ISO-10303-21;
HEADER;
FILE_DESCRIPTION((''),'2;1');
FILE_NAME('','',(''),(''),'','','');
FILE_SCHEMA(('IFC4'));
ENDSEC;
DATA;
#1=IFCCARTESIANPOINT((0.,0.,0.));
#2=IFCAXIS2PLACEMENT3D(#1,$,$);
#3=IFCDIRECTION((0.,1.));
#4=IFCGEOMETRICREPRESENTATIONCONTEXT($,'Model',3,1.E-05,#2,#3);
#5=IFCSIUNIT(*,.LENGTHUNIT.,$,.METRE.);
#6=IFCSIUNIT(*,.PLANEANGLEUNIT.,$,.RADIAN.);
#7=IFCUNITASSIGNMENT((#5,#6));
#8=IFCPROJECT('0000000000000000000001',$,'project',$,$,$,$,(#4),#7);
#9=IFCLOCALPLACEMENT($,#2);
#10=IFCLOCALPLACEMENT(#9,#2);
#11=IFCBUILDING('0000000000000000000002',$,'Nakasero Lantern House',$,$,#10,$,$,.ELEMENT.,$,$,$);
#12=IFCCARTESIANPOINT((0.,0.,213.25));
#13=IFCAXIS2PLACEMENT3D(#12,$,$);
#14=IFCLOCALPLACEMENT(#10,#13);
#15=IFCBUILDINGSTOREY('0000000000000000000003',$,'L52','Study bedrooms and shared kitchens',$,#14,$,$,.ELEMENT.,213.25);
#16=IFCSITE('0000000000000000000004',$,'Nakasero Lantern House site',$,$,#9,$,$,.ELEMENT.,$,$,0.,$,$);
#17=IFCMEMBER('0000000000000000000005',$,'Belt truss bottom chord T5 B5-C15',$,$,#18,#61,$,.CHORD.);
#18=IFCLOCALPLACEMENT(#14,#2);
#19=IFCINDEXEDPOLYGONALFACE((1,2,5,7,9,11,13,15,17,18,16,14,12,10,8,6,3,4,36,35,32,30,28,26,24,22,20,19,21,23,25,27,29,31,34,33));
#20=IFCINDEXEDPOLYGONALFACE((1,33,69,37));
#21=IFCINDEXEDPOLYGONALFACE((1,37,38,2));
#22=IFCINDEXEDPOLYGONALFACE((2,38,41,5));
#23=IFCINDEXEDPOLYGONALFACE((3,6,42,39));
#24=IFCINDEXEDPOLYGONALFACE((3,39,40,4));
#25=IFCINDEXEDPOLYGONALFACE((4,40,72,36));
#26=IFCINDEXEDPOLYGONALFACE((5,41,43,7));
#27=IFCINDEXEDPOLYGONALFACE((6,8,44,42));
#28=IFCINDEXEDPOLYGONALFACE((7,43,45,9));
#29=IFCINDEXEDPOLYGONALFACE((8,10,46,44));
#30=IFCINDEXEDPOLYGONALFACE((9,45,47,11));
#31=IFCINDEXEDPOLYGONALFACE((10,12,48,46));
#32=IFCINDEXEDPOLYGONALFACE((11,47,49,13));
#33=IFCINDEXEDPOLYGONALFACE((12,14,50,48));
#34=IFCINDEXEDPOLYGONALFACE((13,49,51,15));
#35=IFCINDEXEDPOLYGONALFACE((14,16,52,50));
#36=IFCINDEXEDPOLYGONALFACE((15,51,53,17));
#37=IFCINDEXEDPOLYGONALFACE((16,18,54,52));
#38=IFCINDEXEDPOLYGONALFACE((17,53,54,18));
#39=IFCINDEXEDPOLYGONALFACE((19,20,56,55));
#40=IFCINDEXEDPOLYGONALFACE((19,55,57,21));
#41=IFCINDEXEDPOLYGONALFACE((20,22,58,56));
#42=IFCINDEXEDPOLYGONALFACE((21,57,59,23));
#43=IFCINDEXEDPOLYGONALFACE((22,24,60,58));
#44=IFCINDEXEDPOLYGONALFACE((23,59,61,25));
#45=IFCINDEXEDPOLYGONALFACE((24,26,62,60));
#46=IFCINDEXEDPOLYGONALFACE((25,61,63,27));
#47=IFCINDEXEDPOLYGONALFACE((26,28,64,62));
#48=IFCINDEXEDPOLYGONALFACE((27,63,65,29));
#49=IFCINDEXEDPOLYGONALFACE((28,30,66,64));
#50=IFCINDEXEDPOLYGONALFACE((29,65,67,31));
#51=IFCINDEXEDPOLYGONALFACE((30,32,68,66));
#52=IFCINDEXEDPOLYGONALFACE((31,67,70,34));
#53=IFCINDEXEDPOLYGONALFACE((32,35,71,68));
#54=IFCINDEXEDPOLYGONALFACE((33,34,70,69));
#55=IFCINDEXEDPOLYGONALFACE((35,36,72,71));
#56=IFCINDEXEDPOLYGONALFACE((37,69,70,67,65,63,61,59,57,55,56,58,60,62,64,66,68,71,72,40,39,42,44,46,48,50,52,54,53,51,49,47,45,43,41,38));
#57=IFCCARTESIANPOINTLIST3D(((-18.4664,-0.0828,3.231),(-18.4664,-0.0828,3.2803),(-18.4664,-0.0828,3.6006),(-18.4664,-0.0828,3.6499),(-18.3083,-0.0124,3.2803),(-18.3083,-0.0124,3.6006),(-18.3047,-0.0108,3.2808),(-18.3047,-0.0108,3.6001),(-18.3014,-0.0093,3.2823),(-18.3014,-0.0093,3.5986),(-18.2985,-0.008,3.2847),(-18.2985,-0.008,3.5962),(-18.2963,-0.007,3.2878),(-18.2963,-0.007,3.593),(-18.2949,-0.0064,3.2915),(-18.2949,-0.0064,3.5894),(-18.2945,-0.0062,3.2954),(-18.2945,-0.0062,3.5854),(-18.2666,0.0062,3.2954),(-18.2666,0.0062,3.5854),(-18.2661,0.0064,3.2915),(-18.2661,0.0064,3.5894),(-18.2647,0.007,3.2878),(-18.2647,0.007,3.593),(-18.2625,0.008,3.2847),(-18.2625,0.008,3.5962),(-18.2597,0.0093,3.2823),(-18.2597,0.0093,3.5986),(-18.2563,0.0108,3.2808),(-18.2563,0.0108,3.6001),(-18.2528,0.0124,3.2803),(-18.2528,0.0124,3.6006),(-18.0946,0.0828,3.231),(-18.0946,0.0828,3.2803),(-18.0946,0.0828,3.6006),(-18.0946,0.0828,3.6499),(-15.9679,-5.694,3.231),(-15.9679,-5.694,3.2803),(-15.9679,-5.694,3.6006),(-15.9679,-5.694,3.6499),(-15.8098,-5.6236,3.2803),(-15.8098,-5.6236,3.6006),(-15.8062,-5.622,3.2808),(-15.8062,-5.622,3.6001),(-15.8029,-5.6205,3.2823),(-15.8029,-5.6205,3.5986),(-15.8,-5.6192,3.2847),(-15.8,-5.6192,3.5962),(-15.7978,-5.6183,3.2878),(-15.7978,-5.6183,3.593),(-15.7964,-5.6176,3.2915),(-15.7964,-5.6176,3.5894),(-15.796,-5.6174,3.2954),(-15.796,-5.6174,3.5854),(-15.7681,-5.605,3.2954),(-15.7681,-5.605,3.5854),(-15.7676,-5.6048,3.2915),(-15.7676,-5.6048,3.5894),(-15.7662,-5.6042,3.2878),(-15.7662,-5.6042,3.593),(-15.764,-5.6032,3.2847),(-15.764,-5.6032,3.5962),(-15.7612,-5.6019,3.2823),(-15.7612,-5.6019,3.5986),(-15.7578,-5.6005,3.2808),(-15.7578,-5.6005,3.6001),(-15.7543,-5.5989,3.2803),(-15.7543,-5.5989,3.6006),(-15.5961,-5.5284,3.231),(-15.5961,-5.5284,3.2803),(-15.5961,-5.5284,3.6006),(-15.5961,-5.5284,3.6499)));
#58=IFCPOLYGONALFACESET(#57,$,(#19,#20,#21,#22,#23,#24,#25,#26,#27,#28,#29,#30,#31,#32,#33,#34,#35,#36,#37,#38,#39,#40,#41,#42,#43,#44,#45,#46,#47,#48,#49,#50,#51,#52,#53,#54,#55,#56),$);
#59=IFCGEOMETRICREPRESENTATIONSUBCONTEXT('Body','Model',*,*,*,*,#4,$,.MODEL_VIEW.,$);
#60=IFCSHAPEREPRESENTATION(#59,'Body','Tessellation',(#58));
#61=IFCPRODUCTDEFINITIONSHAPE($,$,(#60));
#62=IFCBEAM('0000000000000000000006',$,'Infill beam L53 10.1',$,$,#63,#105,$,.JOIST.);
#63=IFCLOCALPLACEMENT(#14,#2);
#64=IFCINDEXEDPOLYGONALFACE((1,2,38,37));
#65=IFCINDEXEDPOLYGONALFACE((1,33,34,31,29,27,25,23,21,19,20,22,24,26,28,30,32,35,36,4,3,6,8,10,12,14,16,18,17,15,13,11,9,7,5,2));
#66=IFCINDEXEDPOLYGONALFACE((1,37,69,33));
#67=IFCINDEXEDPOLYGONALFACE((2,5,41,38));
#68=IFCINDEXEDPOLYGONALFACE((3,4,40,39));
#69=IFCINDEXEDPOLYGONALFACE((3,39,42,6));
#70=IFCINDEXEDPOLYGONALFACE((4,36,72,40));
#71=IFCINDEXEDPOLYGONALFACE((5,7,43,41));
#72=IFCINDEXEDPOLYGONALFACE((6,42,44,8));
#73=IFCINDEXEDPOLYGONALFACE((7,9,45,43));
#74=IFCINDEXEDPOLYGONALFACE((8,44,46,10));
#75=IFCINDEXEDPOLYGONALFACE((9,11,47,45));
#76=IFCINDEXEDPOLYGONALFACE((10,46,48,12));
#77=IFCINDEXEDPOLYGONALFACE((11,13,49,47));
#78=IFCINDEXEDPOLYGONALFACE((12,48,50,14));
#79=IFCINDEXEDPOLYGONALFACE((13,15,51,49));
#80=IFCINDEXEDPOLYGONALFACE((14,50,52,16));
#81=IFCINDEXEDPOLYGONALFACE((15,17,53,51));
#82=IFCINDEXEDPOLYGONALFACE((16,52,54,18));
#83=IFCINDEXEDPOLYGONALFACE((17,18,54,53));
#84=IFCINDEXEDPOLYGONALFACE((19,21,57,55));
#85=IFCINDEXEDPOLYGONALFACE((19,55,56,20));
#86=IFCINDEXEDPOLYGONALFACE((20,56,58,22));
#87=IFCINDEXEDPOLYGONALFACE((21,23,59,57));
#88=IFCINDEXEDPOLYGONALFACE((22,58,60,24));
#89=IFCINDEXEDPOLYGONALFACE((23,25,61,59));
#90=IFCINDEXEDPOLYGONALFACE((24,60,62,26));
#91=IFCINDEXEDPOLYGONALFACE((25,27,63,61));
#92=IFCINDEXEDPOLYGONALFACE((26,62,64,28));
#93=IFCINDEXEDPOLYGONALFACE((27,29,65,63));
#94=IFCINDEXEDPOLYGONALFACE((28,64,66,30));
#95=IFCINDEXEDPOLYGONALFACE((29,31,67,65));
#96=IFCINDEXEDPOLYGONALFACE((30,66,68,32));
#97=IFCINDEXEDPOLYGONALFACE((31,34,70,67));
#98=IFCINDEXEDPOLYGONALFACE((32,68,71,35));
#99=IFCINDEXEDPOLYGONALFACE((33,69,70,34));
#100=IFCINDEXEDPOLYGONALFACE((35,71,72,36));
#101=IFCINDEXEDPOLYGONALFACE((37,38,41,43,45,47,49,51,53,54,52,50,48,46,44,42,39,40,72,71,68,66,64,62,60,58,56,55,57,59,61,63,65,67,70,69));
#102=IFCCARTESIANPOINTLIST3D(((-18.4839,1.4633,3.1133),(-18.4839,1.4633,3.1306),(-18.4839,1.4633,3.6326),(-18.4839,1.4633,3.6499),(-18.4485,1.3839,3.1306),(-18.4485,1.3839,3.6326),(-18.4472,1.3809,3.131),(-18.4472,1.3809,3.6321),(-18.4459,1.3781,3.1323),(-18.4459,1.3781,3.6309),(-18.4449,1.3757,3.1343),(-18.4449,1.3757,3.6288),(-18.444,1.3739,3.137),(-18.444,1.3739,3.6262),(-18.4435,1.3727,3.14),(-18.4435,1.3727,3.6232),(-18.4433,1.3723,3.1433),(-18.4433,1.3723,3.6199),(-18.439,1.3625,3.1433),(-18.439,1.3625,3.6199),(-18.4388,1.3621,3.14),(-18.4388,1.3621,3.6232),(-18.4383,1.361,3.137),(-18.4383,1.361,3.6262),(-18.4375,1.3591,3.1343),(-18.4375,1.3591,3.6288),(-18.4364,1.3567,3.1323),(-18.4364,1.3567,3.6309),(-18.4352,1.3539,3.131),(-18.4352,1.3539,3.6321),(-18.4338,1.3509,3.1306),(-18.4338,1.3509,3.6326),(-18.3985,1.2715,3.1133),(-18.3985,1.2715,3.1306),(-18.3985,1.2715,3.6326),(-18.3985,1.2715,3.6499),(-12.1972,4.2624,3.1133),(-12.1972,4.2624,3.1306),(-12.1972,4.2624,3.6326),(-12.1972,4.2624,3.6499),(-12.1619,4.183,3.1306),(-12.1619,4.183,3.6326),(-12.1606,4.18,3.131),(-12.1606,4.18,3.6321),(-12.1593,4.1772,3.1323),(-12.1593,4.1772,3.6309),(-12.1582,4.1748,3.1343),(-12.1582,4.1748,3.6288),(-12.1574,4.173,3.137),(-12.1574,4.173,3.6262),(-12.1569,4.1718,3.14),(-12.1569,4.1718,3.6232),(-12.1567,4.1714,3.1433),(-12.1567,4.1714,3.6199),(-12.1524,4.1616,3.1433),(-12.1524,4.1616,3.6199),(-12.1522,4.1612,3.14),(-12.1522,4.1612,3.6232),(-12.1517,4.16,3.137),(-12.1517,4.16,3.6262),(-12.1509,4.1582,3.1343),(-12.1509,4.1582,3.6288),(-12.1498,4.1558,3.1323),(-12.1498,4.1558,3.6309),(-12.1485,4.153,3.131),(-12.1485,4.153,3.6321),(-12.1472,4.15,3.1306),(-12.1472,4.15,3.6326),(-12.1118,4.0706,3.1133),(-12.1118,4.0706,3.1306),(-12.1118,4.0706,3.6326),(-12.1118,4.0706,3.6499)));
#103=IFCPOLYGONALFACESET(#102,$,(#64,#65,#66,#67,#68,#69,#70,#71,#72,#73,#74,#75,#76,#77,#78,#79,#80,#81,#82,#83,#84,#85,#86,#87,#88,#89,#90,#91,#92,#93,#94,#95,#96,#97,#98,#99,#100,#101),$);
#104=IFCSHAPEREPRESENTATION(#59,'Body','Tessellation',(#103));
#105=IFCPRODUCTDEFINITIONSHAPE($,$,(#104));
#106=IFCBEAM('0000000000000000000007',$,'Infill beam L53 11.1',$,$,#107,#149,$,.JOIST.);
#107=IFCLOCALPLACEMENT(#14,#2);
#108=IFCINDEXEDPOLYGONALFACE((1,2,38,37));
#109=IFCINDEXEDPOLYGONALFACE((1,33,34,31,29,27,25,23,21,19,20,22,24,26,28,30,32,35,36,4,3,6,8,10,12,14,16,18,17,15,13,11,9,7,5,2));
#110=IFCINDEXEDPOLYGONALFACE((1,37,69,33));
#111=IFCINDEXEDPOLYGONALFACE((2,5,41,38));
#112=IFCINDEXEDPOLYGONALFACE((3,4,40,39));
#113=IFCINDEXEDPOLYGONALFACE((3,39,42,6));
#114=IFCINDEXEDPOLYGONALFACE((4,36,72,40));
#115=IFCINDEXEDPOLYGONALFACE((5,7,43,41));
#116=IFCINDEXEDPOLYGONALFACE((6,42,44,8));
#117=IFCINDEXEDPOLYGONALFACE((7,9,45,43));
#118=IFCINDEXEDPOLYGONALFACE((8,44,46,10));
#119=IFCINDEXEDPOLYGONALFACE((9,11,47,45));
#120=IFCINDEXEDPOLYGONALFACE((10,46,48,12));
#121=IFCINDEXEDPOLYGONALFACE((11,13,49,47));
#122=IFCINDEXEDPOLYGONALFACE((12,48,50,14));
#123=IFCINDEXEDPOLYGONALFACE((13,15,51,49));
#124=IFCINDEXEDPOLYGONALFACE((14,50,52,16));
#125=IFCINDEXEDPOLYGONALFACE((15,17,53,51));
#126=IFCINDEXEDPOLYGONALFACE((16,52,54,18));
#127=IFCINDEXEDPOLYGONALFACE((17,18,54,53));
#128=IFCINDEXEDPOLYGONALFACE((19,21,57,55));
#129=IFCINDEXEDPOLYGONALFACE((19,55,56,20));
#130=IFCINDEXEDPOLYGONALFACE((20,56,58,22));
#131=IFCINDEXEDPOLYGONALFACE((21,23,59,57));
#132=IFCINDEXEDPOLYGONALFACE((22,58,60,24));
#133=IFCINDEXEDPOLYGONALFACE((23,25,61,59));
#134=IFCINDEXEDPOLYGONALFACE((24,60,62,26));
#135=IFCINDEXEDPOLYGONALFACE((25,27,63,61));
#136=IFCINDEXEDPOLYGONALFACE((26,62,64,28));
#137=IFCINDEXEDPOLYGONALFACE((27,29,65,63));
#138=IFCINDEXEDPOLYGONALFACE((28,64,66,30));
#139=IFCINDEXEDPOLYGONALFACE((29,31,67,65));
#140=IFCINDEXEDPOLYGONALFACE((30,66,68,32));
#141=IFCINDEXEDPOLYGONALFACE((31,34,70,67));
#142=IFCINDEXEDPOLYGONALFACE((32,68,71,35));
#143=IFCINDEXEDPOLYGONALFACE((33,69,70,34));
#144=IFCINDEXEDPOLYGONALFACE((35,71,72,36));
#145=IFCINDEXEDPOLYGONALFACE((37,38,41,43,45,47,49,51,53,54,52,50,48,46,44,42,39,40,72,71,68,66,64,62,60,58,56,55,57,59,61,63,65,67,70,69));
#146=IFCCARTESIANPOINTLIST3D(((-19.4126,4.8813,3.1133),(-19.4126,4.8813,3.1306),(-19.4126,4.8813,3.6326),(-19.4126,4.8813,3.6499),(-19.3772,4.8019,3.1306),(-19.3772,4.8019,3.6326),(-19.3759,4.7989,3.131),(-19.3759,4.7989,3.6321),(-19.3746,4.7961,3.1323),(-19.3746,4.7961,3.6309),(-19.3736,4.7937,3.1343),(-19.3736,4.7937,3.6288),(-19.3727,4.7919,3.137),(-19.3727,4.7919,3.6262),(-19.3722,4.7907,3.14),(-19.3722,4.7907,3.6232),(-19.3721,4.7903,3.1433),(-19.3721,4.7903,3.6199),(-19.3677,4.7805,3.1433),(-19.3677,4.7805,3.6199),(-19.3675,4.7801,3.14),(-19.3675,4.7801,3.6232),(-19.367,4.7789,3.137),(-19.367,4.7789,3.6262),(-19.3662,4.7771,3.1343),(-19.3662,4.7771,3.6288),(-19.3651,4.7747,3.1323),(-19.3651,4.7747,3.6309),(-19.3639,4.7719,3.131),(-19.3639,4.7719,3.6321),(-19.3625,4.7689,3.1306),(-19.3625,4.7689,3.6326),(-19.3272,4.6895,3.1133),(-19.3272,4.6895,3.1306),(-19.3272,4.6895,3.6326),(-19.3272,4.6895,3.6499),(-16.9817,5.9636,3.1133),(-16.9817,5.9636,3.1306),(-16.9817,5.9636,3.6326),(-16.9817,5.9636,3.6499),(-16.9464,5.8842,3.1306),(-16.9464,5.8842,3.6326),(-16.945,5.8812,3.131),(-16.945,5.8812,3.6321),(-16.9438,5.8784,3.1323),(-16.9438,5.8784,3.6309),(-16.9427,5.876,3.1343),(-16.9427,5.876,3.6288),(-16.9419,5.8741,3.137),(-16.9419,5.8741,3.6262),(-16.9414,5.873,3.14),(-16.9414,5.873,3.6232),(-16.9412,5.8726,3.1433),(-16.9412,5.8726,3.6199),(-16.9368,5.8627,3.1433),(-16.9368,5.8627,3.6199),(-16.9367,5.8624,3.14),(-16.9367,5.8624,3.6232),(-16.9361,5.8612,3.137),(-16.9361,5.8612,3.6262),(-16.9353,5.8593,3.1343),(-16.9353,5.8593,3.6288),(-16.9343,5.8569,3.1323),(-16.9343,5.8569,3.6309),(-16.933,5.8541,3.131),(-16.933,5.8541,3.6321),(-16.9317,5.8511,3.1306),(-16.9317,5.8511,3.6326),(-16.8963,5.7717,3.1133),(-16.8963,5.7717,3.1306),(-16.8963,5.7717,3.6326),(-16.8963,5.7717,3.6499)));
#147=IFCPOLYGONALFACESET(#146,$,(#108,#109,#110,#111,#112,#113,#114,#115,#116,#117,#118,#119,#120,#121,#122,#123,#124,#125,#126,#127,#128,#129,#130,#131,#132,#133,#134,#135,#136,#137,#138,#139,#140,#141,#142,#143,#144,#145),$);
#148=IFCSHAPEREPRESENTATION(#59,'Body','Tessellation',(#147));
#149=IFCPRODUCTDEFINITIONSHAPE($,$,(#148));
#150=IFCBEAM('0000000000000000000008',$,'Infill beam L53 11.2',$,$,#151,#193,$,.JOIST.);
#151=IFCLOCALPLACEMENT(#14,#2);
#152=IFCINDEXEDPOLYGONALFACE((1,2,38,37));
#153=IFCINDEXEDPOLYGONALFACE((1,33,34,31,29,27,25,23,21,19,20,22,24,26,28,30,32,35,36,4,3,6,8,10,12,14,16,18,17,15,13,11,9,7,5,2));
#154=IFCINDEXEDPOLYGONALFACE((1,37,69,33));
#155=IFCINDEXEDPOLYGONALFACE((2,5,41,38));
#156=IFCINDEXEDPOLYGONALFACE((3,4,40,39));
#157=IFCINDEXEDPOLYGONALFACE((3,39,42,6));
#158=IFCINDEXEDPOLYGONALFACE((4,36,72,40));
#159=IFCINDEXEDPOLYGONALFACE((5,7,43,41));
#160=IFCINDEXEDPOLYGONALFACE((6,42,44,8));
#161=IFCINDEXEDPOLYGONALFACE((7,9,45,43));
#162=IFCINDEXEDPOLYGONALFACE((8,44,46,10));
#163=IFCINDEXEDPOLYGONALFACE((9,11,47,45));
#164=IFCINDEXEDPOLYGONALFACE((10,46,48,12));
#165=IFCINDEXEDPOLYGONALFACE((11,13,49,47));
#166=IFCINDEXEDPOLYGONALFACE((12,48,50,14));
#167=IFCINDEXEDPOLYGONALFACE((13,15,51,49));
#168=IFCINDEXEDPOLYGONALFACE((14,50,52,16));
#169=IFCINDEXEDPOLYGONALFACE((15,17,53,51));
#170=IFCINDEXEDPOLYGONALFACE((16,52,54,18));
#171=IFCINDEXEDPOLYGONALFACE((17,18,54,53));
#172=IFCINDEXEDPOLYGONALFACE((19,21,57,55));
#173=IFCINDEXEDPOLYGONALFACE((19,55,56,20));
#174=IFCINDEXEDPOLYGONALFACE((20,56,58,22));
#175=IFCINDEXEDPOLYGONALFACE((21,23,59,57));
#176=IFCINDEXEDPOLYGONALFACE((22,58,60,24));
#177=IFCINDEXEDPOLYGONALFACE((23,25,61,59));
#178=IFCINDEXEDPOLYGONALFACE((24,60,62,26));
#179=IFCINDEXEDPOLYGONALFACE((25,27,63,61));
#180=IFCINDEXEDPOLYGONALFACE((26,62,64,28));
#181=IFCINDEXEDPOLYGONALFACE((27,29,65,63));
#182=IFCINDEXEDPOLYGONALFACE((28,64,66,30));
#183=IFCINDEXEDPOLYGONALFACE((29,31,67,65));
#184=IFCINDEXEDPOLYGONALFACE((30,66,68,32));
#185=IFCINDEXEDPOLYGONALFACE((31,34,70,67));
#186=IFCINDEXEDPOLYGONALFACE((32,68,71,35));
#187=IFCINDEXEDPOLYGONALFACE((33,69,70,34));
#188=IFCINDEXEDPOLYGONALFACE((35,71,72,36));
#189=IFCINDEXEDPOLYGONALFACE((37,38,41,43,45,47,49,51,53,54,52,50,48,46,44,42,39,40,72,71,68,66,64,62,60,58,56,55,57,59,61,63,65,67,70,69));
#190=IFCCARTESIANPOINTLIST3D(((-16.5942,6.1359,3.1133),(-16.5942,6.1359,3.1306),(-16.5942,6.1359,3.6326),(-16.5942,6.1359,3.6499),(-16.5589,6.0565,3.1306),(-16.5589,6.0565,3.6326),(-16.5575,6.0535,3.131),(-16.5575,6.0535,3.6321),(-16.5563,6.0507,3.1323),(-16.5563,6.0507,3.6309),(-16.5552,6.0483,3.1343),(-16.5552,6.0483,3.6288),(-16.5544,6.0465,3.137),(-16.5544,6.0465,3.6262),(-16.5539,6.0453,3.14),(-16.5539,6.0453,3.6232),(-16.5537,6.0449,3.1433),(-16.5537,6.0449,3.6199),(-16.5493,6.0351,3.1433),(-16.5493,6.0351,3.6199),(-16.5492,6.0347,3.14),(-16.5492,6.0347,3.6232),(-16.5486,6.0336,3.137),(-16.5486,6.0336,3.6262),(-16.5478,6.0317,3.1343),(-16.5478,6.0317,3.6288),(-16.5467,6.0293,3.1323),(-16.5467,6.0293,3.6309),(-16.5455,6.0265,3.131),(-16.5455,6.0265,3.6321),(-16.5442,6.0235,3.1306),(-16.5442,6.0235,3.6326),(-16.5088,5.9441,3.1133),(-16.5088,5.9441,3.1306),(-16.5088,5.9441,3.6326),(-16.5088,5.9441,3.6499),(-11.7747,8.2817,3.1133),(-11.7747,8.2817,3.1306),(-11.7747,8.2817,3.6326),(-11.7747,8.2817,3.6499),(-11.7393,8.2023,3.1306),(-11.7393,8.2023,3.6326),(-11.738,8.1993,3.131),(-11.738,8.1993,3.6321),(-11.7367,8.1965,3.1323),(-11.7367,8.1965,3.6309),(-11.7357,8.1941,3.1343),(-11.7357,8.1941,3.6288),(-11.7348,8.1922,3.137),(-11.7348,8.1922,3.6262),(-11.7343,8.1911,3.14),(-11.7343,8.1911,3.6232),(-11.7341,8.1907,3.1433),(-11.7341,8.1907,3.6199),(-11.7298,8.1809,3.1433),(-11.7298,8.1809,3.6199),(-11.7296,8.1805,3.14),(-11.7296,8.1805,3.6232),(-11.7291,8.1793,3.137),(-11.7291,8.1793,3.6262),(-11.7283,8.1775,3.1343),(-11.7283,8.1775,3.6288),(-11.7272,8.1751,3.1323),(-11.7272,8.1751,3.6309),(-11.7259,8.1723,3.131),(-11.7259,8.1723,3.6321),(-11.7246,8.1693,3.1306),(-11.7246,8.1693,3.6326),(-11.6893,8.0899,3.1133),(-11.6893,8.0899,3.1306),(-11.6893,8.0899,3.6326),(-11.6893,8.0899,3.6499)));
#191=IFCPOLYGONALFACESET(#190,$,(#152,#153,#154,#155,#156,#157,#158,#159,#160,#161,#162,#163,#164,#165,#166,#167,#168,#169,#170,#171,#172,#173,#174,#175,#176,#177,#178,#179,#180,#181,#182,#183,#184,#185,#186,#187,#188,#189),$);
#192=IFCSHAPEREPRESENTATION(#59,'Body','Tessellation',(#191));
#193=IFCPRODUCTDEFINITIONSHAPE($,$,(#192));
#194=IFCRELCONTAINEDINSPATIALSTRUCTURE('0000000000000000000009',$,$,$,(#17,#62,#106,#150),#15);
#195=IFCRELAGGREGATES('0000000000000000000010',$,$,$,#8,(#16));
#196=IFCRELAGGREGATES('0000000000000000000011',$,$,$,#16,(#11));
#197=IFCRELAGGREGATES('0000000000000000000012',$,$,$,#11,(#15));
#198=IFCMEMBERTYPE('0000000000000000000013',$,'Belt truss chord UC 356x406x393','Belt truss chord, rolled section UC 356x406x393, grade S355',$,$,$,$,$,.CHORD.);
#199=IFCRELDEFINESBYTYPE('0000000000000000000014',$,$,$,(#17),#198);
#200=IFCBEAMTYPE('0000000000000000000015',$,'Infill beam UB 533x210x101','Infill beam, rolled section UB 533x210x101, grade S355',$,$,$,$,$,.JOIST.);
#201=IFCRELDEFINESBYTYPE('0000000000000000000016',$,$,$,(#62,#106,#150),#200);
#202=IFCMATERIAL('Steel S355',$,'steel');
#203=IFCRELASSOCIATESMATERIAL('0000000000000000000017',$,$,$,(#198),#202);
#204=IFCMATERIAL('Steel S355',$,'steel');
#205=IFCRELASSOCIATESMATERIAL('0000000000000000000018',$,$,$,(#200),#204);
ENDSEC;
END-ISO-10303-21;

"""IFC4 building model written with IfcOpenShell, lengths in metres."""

from ifc_helpers import new_model, si_unit, direction, frame, origin, origin_2d, place, context, subcontext, project, spatial, i_section, extrude, material, material_profile, profile_set, type_object, element, save


model = new_model("IFC4")

# Units and contexts
model_context = context("Model", 3, precision=1e-05, world=origin(), true_north=direction((0.0, 1.0)))
body_context = subcontext(model_context, "Body", "Model", "MODEL_VIEW")
ifc_project = project(units=[si_unit("LENGTHUNIT", "METRE"), si_unit("PLANEANGLEUNIT", "RADIAN")], contexts=[model_context])

# Site, building, storey
site_placement = place(None, origin())
site = spatial("IfcSite", under=ifc_project, at=site_placement, Name="Nakasero Lantern House site", CompositionType="ELEMENT", RefElevation=0.0)
building_placement = place(site_placement, origin())
building = spatial("IfcBuilding", under=site, at=building_placement, Name="Nakasero Lantern House", CompositionType="ELEMENT")
storey_placement = place(building_placement, frame((0.0, 0.0, 213.25)))
storey = spatial("IfcBuildingStorey", under=building, at=storey_placement, Name="L52", Description="Study bedrooms and shared kitchens", CompositionType="ELEMENT", Elevation=213.25)

# Member
ifc_material_1 = material(Name="Steel S355", Category="steel")
ifc_material_profile_1 = material_profile(ifc_material_1, i_section(OverallWidth=0.407, OverallDepth=0.4189, WebThickness=0.0305, FlangeThickness=0.0493, FilletRadius=0.0151, at=origin_2d()), Name="UC 356x406x393")
ifc_profile_set_1 = profile_set([ifc_material_profile_1], Name="Steel S355")
member_type = type_object("IfcMemberType", Name="Belt truss chord UC 356x406x393", Description="Belt truss chord, rolled section UC 356x406x393, grade S355", PredefinedType="CHORD", material=ifc_profile_set_1)
member_placement = place(storey_placement, frame((-18.2805, 0.0, 3.4404), z_axis=(0.406765, -0.913533, 0.0), x_axis=(0.913533, 0.406765, 0.0)))
element("IfcMember", 1, at=member_placement, inside=storey, type_object=member_type, Name="Belt truss bottom chord T5 B5-C15", PredefinedType="CHORD", context=body_context, shape_type="SweptSolid", body=[
    extrude(i_section(OverallWidth=0.407, OverallDepth=0.4189, WebThickness=0.0305, FlangeThickness=0.0493, FilletRadius=0.0151, at=origin_2d()), origin(), (0.0, 0.0, 1.0), 6.1423),
])

# Beams
ifc_material_2 = material(Name="Steel S355", Category="steel")
ifc_material_profile_2 = material_profile(ifc_material_2, i_section(OverallWidth=0.21, OverallDepth=0.5366, WebThickness=0.0107, FlangeThickness=0.0173, FilletRadius=0.0127, at=origin_2d()), Name="UB 533x210x101")
ifc_profile_set_2 = profile_set([ifc_material_profile_2], Name="Steel S355")
beam_type_1 = type_object("IfcBeamType", Name="Infill beam UB 533x210x101", Description="Infill beam, rolled section UB 533x210x101, grade S355", PredefinedType="JOIST", material=ifc_profile_set_2)
beam_1_placement = place(storey_placement, frame((-18.4412, 1.3674, 3.3816), z_axis=(0.913541, 0.406747, 0.0), x_axis=(-0.406747, 0.913541, 0.0)))
element("IfcBeam", 2, at=beam_1_placement, inside=storey, type_object=beam_type_1, Name="Infill beam L53 10.1", PredefinedType="JOIST", context=body_context, shape_type="SweptSolid", body=[
    extrude(i_section(OverallWidth=0.21, OverallDepth=0.5366, WebThickness=0.0107, FlangeThickness=0.0173, FilletRadius=0.0127, at=origin_2d()), origin(), (0.0, 0.0, 1.0), 6.8816),
])
beam_2_placement = place(storey_placement, frame((-19.3699, 4.7854, 3.3816), z_axis=(0.91355, 0.406726, 0.0), x_axis=(-0.406726, 0.91355, 0.0)))
element("IfcBeam", 3, at=beam_2_placement, inside=storey, type_object=beam_type_1, Name="Infill beam L53 11.1", PredefinedType="JOIST", context=body_context, shape_type="SweptSolid", body=[
    extrude(i_section(OverallWidth=0.21, OverallDepth=0.5366, WebThickness=0.0107, FlangeThickness=0.0173, FilletRadius=0.0127, at=origin_2d()), origin(), (0.0, 0.0, 1.0), 2.6609),
])
beam_3_placement = place(storey_placement, frame((-16.5515, 6.04, 3.3816), z_axis=(0.91355, 0.406727, 0.0), x_axis=(-0.406727, 0.91355, 0.0)))
element("IfcBeam", 4, at=beam_3_placement, inside=storey, type_object=beam_type_1, Name="Infill beam L53 11.2", PredefinedType="JOIST", context=body_context, shape_type="SweptSolid", body=[
    extrude(i_section(OverallWidth=0.21, OverallDepth=0.5366, WebThickness=0.0107, FlangeThickness=0.0173, FilletRadius=0.0127, at=origin_2d()), origin(), (0.0, 0.0, 1.0), 5.2756),
])

save(model, "model.ifc")
